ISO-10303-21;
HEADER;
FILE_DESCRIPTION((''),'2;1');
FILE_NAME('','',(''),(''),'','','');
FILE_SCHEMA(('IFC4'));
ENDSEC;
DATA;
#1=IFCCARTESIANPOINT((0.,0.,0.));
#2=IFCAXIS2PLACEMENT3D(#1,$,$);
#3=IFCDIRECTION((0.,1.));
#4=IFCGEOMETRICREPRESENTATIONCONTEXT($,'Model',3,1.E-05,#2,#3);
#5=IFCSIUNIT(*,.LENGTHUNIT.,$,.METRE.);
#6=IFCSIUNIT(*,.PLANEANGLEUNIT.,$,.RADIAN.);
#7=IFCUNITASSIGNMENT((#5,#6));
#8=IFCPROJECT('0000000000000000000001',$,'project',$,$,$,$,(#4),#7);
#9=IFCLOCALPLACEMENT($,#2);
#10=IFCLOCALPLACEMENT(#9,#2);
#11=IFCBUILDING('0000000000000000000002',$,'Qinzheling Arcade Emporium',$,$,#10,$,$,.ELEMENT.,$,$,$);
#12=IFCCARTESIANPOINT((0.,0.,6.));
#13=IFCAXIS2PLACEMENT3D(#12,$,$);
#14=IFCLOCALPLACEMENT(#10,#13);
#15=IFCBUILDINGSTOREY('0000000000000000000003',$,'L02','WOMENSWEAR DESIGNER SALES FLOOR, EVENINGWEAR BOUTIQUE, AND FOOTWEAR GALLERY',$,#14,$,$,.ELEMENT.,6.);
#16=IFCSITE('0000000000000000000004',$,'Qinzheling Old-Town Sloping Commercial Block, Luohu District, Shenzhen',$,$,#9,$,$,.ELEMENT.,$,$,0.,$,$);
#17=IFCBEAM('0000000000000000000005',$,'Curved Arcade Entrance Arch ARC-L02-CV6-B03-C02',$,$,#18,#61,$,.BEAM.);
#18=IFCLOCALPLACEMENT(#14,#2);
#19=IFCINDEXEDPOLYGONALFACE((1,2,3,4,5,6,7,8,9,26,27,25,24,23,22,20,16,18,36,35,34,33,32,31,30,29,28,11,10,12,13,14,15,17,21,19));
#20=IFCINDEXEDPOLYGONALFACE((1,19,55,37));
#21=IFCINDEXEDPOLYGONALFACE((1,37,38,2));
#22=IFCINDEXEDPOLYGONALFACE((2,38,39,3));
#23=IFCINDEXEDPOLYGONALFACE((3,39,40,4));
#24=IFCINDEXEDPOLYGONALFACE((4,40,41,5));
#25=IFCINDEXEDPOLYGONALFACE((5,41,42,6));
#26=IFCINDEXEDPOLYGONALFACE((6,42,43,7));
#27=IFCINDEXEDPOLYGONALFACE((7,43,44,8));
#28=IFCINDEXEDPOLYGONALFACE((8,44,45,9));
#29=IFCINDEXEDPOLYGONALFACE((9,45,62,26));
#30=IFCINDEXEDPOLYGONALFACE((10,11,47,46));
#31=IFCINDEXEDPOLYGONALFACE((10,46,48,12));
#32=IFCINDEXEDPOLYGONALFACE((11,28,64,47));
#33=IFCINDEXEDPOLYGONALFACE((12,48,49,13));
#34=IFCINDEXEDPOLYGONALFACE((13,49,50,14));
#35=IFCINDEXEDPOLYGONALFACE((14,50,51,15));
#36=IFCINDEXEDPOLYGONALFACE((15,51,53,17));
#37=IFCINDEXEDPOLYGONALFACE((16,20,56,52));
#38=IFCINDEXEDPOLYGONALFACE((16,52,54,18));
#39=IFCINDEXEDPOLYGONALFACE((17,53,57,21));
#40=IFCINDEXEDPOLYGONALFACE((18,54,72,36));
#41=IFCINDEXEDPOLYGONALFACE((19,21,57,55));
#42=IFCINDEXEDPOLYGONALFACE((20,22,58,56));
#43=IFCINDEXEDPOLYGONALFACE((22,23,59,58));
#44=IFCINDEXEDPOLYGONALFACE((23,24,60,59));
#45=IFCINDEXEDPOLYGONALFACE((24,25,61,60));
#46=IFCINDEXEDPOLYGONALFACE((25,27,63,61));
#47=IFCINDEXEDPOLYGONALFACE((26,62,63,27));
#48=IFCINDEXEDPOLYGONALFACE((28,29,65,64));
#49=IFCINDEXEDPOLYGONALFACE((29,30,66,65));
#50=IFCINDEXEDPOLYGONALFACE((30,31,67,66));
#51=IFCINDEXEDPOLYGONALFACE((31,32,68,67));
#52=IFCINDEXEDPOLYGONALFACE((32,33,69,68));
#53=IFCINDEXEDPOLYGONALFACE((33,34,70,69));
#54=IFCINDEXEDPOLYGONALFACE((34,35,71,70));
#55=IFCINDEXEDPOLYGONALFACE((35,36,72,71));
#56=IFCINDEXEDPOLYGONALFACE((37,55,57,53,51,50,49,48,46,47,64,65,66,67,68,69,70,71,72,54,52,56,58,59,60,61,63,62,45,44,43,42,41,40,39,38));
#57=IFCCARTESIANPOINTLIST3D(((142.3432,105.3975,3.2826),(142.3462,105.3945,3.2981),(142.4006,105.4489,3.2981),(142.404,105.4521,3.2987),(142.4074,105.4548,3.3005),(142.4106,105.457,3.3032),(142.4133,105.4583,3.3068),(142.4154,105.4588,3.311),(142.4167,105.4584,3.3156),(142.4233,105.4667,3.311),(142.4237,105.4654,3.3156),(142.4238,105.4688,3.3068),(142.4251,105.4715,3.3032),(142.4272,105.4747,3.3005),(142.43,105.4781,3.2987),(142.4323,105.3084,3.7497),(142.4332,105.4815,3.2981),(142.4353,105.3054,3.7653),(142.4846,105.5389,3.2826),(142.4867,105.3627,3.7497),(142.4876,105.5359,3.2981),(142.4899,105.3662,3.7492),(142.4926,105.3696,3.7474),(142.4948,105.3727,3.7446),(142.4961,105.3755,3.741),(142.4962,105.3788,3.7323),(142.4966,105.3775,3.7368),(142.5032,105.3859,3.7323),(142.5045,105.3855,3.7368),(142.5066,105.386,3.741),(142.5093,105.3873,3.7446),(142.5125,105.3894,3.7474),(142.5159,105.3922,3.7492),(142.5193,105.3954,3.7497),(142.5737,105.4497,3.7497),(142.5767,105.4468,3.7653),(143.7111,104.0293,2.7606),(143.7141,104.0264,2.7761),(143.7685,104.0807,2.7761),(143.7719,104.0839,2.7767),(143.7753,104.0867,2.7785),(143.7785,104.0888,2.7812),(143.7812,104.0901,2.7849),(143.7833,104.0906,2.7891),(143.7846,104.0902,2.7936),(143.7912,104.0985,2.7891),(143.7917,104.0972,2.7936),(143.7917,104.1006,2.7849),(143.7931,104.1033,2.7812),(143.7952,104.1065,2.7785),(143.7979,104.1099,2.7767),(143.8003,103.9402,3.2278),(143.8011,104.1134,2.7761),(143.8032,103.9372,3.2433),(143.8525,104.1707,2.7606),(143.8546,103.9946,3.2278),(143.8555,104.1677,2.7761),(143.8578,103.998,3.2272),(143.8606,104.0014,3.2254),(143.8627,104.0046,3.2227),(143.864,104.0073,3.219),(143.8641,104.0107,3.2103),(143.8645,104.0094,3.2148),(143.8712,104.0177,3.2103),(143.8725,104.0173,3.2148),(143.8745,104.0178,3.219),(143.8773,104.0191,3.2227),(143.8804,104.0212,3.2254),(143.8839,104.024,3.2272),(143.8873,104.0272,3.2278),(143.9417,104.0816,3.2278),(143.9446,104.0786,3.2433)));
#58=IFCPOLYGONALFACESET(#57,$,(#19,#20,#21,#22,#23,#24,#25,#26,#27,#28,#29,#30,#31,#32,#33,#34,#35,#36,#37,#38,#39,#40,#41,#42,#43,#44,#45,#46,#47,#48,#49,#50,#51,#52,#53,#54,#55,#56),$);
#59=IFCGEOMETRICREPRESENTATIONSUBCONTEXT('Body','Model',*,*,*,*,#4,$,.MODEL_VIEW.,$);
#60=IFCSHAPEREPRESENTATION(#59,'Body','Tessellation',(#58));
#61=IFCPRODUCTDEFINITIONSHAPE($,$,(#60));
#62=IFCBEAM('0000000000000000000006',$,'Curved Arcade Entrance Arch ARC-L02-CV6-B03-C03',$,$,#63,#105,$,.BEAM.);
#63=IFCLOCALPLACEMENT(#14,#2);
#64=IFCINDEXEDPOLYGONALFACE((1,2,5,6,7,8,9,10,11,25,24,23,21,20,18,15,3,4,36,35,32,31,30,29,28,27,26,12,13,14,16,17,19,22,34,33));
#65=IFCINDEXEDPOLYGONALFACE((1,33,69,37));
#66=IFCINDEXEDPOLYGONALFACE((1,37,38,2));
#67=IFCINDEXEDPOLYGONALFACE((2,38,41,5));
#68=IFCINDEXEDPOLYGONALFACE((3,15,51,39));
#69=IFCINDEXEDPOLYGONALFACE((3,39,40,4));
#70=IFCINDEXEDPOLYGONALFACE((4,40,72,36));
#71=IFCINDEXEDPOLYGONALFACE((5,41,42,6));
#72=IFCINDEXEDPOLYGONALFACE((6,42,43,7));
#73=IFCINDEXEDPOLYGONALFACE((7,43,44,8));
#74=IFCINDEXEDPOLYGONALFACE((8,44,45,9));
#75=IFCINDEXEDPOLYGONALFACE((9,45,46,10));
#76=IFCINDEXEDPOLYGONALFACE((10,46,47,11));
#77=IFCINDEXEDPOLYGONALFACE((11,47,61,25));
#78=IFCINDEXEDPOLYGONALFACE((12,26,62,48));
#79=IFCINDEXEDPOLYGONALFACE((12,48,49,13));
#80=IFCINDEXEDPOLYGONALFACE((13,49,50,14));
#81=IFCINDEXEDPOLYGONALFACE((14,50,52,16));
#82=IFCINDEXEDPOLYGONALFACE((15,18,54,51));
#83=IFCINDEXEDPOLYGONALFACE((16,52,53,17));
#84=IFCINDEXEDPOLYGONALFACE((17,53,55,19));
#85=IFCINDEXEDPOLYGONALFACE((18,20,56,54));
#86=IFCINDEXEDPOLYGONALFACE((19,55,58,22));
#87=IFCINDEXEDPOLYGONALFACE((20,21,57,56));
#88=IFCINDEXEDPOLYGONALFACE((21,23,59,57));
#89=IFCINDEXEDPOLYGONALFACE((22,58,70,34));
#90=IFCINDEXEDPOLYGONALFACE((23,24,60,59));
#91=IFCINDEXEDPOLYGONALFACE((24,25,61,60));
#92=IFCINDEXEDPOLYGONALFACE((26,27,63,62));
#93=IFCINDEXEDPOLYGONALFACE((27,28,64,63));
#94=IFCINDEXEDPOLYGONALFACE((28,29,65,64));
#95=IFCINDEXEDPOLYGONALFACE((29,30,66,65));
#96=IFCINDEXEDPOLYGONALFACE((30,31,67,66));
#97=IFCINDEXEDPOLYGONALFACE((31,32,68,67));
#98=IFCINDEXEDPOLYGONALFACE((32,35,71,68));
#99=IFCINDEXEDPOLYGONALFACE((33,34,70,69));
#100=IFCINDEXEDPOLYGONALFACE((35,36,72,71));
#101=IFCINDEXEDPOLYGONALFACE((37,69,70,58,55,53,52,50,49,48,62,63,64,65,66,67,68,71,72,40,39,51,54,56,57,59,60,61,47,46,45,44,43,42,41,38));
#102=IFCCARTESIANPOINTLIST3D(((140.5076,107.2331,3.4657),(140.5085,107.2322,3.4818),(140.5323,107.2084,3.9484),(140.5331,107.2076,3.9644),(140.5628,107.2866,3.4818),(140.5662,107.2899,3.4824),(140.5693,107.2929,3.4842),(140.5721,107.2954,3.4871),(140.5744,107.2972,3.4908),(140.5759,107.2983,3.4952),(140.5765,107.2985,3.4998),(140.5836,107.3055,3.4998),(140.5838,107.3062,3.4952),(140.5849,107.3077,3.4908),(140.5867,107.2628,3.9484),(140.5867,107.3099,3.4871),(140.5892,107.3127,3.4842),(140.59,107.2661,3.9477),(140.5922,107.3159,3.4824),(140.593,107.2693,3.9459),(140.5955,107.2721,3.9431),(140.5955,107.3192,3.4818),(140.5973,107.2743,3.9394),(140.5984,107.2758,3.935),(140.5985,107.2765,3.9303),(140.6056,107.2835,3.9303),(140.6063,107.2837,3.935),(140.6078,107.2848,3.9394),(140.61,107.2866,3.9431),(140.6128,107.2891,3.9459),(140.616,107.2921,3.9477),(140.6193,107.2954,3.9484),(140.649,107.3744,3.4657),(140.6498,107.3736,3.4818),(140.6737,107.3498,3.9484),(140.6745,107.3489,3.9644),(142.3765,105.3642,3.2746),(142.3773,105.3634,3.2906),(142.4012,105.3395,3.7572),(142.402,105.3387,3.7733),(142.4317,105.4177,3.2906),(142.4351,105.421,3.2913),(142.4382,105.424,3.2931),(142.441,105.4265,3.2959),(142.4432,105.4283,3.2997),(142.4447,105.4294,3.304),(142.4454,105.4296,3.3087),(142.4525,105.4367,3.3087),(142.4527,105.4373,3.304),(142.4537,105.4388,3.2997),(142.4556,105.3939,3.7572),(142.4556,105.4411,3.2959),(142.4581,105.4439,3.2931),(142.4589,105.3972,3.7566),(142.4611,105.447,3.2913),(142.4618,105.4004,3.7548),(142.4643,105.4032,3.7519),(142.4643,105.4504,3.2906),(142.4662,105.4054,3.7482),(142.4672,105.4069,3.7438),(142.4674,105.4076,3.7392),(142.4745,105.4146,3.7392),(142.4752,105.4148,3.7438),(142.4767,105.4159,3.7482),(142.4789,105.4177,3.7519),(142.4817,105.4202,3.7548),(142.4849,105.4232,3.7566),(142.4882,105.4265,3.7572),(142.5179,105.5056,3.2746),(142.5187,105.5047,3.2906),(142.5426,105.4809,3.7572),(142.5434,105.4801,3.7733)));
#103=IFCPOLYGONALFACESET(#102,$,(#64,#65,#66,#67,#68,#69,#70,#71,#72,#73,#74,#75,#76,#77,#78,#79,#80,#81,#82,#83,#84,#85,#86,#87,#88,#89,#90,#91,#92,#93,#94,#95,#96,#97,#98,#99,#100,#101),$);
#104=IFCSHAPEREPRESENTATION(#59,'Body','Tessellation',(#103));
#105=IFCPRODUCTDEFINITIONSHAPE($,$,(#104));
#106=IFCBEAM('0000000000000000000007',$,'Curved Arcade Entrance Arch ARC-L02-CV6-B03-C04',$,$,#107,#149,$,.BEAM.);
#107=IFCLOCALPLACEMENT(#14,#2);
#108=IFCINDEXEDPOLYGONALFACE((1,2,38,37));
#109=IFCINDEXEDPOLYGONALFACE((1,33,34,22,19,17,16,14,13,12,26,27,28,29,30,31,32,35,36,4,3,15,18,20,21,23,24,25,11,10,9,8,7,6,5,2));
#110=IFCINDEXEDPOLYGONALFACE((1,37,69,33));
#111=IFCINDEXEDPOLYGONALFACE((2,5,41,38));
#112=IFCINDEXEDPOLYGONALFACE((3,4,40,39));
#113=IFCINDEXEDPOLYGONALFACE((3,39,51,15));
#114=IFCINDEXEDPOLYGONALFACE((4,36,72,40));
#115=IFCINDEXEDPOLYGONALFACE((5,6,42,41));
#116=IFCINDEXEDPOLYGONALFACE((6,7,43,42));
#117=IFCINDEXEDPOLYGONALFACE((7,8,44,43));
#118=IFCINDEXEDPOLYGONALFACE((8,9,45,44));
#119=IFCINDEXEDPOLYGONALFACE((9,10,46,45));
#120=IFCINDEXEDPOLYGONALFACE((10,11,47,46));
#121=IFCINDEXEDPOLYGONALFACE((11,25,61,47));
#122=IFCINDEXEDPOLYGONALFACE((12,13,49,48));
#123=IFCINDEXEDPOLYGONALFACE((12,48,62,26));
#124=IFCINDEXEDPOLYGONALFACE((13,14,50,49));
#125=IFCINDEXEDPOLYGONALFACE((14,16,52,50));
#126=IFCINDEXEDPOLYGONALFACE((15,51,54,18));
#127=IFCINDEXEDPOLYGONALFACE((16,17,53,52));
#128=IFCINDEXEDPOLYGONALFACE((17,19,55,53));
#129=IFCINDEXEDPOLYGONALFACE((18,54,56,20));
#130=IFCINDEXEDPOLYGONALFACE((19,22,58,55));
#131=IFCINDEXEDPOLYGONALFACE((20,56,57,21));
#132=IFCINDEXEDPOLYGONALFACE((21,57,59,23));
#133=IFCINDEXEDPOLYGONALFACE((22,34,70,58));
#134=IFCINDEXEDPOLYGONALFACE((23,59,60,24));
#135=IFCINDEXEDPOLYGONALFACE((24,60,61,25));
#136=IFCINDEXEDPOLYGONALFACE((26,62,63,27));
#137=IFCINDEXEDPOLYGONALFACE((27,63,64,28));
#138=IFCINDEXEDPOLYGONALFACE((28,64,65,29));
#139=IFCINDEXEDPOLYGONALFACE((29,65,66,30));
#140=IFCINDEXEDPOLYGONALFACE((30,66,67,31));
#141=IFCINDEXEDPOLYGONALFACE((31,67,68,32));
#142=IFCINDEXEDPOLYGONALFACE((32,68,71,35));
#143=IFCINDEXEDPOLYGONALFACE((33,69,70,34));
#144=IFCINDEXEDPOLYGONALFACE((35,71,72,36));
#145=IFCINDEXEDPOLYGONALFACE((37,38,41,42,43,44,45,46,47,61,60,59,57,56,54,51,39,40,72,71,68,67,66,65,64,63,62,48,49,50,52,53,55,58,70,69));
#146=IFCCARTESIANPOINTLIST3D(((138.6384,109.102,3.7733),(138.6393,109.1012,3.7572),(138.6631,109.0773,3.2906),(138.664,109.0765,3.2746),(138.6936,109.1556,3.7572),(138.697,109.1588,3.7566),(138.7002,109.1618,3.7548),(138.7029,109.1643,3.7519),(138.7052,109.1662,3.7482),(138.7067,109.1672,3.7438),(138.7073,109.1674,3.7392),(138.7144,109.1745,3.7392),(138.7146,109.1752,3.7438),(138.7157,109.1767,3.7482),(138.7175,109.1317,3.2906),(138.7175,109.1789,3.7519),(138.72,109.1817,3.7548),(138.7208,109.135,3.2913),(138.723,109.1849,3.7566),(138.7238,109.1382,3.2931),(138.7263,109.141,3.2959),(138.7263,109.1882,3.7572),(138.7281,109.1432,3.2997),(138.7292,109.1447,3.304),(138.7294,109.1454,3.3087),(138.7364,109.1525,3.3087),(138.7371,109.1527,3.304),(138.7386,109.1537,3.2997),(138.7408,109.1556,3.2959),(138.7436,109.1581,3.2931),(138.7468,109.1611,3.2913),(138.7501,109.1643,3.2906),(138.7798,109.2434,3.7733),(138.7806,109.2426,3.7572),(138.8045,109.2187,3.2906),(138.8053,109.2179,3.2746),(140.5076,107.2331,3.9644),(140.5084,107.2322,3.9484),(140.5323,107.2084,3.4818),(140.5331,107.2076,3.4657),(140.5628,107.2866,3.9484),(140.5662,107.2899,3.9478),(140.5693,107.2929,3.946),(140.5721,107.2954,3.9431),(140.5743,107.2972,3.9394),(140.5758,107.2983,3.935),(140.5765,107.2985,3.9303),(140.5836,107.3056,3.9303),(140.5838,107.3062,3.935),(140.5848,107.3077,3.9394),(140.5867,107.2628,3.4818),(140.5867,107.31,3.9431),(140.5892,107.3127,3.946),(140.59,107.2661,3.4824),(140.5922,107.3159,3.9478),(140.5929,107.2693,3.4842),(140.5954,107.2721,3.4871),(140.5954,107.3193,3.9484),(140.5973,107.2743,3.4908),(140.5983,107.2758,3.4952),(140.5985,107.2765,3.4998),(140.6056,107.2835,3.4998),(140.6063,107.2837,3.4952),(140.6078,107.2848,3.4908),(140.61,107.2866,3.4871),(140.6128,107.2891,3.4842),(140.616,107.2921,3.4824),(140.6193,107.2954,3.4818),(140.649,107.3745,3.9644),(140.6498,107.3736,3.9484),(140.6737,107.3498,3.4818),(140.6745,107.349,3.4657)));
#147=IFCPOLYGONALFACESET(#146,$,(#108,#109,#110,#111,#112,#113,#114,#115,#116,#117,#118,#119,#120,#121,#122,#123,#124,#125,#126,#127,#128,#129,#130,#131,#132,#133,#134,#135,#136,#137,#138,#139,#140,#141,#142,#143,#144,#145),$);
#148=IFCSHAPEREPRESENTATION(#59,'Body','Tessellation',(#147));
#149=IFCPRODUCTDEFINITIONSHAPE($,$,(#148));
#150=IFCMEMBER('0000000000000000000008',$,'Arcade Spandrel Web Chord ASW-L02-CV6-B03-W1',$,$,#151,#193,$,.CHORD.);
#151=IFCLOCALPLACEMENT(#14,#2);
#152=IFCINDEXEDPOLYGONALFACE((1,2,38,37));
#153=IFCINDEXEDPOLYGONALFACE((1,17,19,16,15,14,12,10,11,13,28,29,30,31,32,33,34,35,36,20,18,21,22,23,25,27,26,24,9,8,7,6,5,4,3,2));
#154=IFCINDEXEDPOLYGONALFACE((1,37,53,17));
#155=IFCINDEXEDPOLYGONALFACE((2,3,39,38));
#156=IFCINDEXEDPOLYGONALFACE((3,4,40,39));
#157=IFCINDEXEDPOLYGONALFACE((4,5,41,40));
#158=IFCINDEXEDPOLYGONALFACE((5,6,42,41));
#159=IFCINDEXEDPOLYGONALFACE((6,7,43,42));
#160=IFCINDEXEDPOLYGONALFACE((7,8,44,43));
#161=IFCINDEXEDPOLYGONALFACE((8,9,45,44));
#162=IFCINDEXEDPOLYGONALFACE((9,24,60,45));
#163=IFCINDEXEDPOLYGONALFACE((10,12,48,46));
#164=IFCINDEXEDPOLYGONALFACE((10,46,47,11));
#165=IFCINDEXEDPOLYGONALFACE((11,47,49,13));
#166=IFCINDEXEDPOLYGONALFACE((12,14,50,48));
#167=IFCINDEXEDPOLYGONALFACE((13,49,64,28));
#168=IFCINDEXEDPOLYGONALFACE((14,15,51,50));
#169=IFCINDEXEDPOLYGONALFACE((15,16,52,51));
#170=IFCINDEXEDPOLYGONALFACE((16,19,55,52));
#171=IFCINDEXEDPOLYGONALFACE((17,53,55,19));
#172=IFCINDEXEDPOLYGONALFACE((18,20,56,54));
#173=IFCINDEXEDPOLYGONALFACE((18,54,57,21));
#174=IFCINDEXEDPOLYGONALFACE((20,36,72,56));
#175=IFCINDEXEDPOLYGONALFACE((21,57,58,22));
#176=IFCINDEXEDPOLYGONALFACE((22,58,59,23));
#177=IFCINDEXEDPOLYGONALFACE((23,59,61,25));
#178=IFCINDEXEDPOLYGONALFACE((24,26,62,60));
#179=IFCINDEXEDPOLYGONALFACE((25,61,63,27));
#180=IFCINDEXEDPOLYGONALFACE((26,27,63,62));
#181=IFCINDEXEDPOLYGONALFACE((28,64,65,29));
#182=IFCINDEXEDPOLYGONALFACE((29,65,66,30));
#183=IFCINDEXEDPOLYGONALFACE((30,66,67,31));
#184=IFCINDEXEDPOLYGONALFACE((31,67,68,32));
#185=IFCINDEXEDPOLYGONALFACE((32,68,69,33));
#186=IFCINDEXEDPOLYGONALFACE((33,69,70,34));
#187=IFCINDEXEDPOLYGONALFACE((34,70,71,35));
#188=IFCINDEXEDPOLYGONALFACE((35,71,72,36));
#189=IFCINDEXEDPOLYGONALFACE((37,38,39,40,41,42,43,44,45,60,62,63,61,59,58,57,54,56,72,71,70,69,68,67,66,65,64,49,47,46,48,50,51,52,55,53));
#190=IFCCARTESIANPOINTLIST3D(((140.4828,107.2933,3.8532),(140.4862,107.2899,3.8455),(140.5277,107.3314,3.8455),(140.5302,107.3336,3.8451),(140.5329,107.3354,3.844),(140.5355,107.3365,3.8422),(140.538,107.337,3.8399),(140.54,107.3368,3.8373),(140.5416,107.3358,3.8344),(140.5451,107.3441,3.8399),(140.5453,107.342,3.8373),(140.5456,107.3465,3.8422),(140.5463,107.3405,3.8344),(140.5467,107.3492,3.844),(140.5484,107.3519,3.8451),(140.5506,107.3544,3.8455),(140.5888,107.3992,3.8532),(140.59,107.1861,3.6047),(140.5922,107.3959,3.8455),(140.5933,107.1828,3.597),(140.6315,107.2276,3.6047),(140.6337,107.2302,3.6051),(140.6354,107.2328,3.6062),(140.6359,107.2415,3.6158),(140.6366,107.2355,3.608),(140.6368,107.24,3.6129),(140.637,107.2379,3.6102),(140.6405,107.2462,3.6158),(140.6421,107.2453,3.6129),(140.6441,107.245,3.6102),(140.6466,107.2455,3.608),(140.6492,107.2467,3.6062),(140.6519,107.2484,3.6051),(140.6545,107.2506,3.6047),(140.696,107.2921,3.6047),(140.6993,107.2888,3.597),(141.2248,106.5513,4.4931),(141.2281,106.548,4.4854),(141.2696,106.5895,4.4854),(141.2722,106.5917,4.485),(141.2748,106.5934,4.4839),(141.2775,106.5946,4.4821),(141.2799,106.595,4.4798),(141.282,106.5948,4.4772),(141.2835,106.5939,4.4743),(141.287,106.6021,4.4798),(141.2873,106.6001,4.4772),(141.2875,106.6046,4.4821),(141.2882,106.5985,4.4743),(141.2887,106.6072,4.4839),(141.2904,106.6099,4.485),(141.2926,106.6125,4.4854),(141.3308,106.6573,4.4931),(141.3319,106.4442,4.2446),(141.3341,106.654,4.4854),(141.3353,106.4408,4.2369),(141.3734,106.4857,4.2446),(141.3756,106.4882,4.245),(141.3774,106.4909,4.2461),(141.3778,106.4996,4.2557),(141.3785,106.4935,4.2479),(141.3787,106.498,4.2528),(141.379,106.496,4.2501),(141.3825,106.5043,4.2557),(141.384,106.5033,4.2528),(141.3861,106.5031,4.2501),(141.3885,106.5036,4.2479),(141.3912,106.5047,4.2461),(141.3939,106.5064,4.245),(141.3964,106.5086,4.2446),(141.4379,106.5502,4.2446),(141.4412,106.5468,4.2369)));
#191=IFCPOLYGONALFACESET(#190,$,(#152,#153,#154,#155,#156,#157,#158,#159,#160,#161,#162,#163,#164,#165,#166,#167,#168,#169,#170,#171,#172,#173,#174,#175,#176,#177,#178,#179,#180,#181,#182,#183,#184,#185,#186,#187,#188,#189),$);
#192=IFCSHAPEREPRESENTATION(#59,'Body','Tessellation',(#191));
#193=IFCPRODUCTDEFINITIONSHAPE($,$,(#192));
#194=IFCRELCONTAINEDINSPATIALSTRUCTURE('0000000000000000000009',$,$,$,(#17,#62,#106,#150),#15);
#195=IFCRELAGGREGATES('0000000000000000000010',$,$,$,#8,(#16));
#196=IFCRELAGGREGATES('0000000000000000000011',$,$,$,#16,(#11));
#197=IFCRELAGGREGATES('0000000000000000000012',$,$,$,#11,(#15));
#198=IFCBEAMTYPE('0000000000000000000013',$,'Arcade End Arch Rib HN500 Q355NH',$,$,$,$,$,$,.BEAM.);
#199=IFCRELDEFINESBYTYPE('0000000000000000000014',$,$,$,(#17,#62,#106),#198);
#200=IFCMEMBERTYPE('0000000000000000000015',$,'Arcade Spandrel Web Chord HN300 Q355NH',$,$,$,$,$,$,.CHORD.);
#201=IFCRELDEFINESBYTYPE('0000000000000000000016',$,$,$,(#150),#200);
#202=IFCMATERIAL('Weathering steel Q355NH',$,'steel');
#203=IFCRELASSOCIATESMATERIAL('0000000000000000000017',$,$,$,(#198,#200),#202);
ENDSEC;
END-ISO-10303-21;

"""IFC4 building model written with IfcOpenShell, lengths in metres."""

from ifc_helpers import new_model, si_unit, direction, frame, origin, origin_2d, place, context, subcontext, project, spatial, i_section, extrude, material, material_profile, profile_set, type_object, element, save


model = new_model("IFC4")

# Units and contexts
model_context = context("Model", 3, precision=1e-05, world=origin(), true_north=direction((0.0, 1.0)))
body_context = subcontext(model_context, "Body", "Model", "MODEL_VIEW")
ifc_project = project(units=[si_unit("LENGTHUNIT", "METRE"), si_unit("PLANEANGLEUNIT", "RADIAN")], contexts=[model_context])

# Site, building, storey
site_placement = place(None, origin())
site = spatial("IfcSite", under=ifc_project, at=site_placement, Name="Qinzheling Old-Town Sloping Commercial Block, Luohu District, Shenzhen", CompositionType="ELEMENT", RefElevation=0.0)
building_placement = place(site_placement, origin())
building = spatial("IfcBuilding", under=site, at=building_placement, Name="Qinzheling Arcade Emporium", CompositionType="ELEMENT")
storey_placement = place(building_placement, frame((0.0, 0.0, 6.0)))
storey = spatial("IfcBuildingStorey", under=building, at=storey_placement, Name="L02", Description="WOMENSWEAR DESIGNER SALES FLOOR, EVENINGWEAR BOUTIQUE, AND FOOTWEAR GALLERY", CompositionType="ELEMENT", Elevation=6.0)

# Beams
ifc_material_1 = material(Name="Weathering steel Q355NH", Category="steel")
ifc_material_profile_1 = material_profile(ifc_material_1, i_section(OverallWidth=0.2, OverallDepth=0.5, WebThickness=0.01, FlangeThickness=0.0161, FilletRadius=0.0181, at=origin_2d()), Name="HN 500x200x10x16", Category="steel")
ifc_profile_set_1 = profile_set([ifc_material_profile_1], Name="Weathering steel Q355NH")
beam_type = type_object("IfcBeamType", Name="Arcade End Arch Rib HN500 Q355NH", PredefinedType="BEAM", material=ifc_profile_set_1)
beam_1_placement = place(storey_placement, frame((143.8279, 104.054, 3.002), z_axis=(-0.682636, 0.682758, 0.260481), x_axis=(-0.70717, -0.707044, 0.0)))
element("IfcBeam", 1, at=beam_1_placement, inside=storey, type_object=beam_type, Name="Curved Arcade Entrance Arch ARC-L02-CV6-B03-C02", PredefinedType="BEAM", context=body_context, shape_type="SweptSolid", body=[
    extrude(i_section(OverallWidth=0.2, OverallDepth=0.5, WebThickness=0.01, FlangeThickness=0.0161, FilletRadius=0.0181, at=origin_2d()), origin(), (0.0, 0.0, 1.0), 2.0039),
])
beam_2_placement = place(storey_placement, frame((142.46, 105.4221, 3.5239), z_axis=(-0.705264, 0.705264, 0.072139), x_axis=(-0.707107, -0.707107, 0.0)))
element("IfcBeam", 2, at=beam_2_placement, inside=storey, type_object=beam_type, Name="Curved Arcade Entrance Arch ARC-L02-CV6-B03-C03", PredefinedType="BEAM", context=body_context, shape_type="SweptSolid", body=[
    extrude(i_section(OverallWidth=0.2, OverallDepth=0.5, WebThickness=0.01, FlangeThickness=0.0161, FilletRadius=0.0181, at=origin_2d()), origin(), (0.0, 0.0, 1.0), 2.6499),
])
beam_3_placement = place(storey_placement, frame((140.5911, 107.291, 3.7151), z_axis=(-0.705311, 0.705219, -0.072134), x_axis=(-0.707061, -0.707153, 0.0)))
element("IfcBeam", 3, at=beam_3_placement, inside=storey, type_object=beam_type, Name="Curved Arcade Entrance Arch ARC-L02-CV6-B03-C04", PredefinedType="BEAM", context=body_context, shape_type="SweptSolid", body=[
    extrude(i_section(OverallWidth=0.2, OverallDepth=0.5, WebThickness=0.01, FlangeThickness=0.0161, FilletRadius=0.0181, at=origin_2d()), origin(), (0.0, 0.0, 1.0), 2.6501),
])

# Member
ifc_material_profile_2 = material_profile(ifc_material_1, i_section(OverallWidth=0.1499, OverallDepth=0.3, WebThickness=0.0066, FlangeThickness=0.009, FilletRadius=0.0129, at=origin_2d()), Name="HN 300x150x6.5x9", Category="steel")
ifc_profile_set_2 = profile_set([ifc_material_profile_2], Name="Weathering steel Q355NH")
member_type_1 = type_object("IfcMemberType", Name="Arcade Spandrel Web Chord HN300 Q355NH", PredefinedType="CHORD", material=ifc_profile_set_2)
for number, where, z_axis, x_axis, name in (
    (4, (140.5911, 107.291, 3.7251), (0.603701, -0.603701, 0.520664), (0.707107, 0.707107, 0.0), "Arcade Spandrel Web Chord ASW-L02-CV6-B03-W1"),
):
    element("IfcMember", number, at=place(storey_placement, frame(where, z_axis=z_axis, x_axis=x_axis)), inside=storey, type_object=member_type_1, Name=name, PredefinedType="CHORD", context=body_context, shape_type="SweptSolid", body=[
        extrude(i_section(OverallWidth=0.1499, OverallDepth=0.3, WebThickness=0.0066, FlangeThickness=0.009, FilletRadius=0.0129, at=origin_2d()), origin(), (0.0, 0.0, 1.0), 1.229),
    ])

save(model, "model.ifc")
